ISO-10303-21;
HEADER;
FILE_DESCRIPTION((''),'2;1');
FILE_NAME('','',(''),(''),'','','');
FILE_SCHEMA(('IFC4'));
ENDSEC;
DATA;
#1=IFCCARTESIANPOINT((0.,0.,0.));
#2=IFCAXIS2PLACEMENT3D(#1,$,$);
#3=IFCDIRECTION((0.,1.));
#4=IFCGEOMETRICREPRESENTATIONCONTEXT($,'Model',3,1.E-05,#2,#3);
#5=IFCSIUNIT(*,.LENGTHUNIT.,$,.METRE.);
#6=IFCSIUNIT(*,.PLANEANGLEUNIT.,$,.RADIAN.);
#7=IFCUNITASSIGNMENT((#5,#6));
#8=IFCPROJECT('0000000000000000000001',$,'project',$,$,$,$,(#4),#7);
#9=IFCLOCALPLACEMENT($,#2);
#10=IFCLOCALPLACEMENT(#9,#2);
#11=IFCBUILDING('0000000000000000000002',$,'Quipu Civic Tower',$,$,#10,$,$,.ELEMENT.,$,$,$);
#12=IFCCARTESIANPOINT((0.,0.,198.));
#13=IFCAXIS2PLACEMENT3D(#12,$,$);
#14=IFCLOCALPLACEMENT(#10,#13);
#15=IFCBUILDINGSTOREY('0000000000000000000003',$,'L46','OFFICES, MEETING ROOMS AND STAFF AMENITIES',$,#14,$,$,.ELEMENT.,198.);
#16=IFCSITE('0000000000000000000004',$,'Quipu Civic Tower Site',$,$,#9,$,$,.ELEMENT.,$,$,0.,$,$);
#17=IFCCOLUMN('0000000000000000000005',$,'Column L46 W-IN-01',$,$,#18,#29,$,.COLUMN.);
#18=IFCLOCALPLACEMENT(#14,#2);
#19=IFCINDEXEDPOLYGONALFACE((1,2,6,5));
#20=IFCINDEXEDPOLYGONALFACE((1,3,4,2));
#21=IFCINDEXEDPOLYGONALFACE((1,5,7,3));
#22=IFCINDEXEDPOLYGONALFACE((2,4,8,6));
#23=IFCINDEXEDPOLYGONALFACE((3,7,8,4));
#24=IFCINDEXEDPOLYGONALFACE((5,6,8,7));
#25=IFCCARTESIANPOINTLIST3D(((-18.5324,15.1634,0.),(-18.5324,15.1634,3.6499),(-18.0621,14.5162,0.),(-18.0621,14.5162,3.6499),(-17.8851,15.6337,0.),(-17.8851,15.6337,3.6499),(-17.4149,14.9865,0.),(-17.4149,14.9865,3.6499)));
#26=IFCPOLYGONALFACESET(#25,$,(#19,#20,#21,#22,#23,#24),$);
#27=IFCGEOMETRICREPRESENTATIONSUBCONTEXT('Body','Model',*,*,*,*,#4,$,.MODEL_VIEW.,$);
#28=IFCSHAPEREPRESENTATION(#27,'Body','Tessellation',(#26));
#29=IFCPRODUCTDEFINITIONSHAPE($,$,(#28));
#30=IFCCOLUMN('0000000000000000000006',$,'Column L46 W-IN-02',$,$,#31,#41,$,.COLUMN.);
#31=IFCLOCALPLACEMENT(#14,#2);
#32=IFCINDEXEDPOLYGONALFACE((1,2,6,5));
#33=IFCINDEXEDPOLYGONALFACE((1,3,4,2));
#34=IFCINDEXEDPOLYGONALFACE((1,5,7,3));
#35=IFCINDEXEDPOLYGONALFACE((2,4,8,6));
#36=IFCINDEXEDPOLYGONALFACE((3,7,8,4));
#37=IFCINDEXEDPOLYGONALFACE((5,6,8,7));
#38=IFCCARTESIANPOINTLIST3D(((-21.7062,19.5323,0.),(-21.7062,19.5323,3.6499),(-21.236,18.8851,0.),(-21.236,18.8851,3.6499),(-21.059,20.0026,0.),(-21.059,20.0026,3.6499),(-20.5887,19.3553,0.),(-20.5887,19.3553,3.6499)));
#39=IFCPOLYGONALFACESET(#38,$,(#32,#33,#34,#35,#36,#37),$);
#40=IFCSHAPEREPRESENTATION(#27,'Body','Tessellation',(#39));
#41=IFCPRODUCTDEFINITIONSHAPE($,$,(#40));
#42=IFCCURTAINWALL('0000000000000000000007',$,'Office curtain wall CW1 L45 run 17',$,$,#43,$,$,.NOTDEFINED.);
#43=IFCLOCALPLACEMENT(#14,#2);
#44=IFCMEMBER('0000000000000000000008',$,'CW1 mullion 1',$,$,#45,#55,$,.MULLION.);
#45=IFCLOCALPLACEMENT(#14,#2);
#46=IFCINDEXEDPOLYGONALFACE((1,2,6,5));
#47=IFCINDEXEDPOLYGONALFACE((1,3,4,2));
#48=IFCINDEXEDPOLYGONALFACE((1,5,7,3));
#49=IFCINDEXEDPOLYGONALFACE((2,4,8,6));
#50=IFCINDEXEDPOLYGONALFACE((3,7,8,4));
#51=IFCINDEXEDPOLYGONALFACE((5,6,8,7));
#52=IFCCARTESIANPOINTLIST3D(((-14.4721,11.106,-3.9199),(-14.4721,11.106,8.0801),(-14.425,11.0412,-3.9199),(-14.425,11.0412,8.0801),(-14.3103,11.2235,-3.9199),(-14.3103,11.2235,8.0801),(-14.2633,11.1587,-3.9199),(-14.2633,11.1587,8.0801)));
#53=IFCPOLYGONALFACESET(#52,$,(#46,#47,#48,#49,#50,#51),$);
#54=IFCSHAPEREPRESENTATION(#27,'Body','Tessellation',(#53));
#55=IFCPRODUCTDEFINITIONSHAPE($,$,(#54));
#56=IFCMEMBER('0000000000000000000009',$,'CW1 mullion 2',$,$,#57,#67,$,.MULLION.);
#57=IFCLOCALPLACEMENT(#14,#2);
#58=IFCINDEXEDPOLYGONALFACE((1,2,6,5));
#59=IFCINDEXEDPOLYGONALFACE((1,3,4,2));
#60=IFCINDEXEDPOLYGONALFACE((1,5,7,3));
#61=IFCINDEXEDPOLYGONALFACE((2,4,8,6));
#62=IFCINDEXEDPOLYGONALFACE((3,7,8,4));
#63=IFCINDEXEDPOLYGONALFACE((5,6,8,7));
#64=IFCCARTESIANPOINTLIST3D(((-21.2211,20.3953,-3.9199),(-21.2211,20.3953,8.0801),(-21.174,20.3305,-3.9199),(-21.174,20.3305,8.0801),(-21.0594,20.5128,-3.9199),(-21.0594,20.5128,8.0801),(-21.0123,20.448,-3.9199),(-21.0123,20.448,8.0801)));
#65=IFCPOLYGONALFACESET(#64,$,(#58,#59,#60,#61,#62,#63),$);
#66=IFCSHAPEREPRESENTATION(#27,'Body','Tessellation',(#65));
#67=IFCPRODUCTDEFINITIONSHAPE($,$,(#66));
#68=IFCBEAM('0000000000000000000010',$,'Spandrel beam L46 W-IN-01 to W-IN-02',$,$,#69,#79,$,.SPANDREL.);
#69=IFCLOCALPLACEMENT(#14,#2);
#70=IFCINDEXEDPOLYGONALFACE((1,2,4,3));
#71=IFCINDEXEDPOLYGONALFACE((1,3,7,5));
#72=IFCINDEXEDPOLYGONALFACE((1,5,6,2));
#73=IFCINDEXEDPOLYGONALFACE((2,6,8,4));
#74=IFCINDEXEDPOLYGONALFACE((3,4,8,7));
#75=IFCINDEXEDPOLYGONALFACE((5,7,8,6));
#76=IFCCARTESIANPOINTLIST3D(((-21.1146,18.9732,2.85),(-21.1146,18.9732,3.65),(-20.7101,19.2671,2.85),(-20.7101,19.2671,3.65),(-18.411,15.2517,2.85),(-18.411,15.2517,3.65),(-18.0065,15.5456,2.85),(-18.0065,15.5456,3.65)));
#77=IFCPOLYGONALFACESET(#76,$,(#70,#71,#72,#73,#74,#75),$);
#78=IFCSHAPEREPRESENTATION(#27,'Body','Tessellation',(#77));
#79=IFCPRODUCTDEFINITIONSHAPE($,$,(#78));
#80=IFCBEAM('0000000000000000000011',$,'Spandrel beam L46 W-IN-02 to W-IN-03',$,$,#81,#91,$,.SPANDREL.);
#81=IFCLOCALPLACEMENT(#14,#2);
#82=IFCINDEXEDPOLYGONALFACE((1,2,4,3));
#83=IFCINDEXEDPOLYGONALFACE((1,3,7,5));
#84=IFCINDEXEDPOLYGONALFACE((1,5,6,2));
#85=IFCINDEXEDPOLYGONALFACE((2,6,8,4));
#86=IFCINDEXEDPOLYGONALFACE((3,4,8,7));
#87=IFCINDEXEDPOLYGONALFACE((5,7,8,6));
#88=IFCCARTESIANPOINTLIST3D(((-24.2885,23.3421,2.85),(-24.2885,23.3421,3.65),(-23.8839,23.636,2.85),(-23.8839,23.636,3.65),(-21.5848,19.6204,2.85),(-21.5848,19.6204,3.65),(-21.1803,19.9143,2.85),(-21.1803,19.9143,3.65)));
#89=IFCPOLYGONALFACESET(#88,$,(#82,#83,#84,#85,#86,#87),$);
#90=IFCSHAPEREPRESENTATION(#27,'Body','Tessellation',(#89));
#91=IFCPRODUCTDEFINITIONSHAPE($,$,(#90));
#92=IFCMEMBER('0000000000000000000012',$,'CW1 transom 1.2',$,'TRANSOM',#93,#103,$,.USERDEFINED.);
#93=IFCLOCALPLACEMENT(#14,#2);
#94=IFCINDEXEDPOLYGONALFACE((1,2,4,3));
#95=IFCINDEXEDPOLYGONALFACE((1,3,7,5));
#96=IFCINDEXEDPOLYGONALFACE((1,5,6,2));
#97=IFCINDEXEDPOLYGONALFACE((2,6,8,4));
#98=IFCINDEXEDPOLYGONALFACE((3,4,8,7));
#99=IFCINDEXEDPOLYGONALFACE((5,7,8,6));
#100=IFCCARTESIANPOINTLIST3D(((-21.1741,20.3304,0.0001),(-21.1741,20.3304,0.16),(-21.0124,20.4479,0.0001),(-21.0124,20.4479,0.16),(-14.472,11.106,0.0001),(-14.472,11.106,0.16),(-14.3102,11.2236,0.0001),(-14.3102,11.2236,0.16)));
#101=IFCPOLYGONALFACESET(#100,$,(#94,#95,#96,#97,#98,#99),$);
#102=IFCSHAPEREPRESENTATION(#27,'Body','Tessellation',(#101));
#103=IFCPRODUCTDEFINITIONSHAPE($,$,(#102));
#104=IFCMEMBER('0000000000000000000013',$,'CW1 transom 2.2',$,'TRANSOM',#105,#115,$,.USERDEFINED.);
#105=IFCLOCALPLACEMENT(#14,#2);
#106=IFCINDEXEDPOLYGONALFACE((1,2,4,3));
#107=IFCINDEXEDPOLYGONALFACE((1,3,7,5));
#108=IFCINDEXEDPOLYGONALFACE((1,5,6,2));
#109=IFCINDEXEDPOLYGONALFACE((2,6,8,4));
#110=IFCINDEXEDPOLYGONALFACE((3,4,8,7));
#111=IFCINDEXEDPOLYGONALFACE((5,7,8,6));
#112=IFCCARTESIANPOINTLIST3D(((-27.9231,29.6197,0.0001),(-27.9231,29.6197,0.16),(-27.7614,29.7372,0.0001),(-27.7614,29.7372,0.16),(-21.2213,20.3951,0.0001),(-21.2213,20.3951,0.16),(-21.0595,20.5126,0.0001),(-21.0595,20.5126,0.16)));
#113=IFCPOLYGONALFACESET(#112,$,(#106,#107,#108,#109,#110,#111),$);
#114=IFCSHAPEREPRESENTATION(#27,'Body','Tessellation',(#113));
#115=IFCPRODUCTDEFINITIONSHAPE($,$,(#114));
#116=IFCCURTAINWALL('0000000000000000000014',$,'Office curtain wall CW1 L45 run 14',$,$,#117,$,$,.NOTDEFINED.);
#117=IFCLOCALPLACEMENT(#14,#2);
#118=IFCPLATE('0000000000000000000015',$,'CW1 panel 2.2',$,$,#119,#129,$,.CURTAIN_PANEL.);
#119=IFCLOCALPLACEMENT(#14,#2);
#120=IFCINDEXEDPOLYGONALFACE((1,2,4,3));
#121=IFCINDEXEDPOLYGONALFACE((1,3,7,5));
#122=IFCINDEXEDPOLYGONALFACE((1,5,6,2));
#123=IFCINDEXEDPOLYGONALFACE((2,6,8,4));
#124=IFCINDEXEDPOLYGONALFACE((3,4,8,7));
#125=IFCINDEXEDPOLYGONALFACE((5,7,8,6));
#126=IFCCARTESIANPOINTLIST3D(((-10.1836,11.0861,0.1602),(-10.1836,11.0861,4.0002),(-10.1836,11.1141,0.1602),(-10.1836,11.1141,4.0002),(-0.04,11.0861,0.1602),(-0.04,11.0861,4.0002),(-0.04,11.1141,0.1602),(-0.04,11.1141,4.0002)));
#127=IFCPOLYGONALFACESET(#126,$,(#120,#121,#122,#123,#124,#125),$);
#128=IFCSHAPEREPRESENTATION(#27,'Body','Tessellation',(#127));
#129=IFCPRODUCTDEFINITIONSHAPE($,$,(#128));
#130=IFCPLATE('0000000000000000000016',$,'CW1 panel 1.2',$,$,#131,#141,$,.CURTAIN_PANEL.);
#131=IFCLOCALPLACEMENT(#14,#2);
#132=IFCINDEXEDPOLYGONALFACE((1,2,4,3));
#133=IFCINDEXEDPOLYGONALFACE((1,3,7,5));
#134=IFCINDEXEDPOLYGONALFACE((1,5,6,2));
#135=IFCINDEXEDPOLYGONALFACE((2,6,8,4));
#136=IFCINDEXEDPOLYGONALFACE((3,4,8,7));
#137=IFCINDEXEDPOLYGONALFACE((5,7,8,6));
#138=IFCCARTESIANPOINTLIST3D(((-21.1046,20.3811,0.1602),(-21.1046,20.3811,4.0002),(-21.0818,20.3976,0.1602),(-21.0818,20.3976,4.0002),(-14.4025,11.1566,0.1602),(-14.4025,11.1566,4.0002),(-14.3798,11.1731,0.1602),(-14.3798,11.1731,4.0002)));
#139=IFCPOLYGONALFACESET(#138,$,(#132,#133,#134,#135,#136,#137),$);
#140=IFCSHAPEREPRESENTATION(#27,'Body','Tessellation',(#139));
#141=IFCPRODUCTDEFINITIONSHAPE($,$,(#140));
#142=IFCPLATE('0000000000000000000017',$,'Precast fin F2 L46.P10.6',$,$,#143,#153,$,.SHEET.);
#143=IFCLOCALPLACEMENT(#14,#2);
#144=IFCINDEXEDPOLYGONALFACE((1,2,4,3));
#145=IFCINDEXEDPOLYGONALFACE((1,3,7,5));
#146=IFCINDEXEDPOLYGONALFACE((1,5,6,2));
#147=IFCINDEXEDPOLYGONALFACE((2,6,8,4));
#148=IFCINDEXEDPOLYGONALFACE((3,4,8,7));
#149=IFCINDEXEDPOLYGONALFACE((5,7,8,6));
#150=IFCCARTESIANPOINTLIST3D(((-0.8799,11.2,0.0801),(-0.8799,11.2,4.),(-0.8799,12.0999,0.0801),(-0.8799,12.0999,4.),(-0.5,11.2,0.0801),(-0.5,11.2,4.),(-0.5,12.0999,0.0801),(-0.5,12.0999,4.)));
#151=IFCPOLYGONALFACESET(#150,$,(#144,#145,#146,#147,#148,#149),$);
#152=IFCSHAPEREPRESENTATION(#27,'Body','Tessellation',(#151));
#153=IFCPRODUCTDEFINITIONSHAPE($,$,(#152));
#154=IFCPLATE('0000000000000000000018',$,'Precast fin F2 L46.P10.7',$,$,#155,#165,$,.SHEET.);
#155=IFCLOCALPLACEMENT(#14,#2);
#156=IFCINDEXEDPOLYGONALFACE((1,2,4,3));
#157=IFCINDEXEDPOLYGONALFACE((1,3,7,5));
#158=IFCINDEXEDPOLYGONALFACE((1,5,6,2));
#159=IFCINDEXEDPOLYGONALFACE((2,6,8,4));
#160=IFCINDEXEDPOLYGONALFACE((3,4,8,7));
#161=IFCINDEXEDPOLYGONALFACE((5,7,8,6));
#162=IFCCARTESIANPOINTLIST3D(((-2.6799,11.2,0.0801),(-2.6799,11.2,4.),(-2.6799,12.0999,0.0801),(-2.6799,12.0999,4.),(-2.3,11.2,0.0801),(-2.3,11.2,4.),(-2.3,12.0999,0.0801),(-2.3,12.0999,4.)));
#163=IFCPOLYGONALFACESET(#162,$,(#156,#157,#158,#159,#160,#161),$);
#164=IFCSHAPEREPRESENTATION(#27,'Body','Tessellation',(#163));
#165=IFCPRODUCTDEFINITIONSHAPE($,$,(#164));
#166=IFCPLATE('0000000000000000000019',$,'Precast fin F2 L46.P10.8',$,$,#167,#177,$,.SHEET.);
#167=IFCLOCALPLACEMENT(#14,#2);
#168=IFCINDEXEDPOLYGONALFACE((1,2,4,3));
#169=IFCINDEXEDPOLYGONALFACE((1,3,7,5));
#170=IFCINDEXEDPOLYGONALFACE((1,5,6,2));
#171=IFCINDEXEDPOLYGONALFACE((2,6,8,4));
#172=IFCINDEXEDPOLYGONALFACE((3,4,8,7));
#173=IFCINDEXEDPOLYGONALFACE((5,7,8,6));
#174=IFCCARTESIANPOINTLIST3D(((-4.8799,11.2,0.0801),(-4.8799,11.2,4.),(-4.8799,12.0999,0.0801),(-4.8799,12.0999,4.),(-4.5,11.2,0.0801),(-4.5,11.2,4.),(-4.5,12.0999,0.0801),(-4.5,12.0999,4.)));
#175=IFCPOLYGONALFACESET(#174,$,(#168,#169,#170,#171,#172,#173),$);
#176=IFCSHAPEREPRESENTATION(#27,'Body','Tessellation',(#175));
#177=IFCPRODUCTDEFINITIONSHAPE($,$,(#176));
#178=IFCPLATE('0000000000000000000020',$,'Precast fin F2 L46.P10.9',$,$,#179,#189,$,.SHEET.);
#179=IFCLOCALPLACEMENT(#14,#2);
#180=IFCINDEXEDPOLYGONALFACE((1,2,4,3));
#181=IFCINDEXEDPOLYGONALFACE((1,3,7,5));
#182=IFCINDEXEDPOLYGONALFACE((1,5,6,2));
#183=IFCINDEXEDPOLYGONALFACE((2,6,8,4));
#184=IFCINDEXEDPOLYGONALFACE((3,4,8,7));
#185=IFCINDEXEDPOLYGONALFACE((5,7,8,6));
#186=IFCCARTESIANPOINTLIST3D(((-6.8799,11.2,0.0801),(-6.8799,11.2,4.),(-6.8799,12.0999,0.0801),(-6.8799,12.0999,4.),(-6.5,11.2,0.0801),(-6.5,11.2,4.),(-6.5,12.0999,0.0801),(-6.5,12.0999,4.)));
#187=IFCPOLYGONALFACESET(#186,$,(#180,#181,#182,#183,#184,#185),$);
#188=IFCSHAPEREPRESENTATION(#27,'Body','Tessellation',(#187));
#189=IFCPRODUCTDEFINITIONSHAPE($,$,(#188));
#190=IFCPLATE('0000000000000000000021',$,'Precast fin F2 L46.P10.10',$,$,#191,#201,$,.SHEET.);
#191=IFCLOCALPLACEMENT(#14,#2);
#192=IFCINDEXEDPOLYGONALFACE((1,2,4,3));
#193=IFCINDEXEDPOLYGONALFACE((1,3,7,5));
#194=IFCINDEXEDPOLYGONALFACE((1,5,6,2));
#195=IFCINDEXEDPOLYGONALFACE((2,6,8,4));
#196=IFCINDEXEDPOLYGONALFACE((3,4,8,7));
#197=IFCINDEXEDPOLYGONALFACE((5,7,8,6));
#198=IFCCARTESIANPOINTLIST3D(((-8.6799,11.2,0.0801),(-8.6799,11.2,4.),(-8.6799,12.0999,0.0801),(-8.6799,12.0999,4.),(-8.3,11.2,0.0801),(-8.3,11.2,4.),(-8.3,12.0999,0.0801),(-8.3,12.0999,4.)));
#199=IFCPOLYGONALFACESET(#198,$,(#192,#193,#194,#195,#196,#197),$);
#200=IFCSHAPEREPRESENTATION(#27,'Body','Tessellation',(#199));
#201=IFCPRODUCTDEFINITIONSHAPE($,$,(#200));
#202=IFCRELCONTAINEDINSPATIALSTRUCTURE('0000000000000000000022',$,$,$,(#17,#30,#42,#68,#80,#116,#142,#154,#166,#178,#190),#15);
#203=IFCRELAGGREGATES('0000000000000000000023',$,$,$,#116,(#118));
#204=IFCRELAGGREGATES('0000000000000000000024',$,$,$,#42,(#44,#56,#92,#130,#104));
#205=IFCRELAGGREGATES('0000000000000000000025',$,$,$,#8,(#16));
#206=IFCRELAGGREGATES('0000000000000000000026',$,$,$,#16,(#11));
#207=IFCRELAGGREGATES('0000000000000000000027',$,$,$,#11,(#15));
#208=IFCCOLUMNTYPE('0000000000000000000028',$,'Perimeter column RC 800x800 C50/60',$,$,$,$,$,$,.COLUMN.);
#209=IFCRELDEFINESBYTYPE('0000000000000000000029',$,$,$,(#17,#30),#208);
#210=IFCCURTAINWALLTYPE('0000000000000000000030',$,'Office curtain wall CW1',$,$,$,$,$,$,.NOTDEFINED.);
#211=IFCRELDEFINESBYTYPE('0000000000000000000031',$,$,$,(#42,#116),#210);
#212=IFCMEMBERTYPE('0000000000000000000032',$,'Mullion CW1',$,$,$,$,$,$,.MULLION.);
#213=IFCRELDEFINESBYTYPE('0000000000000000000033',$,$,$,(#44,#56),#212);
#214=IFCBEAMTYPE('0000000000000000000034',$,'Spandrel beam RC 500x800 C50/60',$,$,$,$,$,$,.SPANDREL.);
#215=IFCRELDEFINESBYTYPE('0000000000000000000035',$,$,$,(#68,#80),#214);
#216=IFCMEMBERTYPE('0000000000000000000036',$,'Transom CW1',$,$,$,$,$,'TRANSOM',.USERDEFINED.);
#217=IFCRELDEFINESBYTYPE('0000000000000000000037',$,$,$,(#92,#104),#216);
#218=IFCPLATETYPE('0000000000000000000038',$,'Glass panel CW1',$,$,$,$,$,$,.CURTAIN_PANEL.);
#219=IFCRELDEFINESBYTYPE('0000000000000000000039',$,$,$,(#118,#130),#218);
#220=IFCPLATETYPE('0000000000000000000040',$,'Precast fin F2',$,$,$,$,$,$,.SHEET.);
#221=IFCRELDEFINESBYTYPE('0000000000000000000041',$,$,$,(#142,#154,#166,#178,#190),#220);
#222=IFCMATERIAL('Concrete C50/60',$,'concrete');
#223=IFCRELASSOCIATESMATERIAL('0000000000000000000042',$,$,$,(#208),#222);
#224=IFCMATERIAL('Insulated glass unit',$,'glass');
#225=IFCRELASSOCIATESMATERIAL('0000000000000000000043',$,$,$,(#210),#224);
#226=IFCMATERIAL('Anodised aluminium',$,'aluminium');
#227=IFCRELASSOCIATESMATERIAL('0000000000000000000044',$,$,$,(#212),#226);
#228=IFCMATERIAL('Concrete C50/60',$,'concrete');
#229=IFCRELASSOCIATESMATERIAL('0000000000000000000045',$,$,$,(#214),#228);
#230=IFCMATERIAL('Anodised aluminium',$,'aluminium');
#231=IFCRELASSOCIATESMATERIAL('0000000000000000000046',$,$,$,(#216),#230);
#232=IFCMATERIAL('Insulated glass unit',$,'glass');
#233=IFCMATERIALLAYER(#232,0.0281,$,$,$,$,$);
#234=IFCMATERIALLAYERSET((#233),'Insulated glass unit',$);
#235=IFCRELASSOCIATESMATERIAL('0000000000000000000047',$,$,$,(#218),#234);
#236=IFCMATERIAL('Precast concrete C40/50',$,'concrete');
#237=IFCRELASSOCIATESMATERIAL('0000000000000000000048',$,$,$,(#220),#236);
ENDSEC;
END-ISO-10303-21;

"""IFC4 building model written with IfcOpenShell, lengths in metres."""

from ifc_helpers import new_model, si_unit, direction, frame, origin, origin_2d, place, context, subcontext, project, spatial, rectangle, extrude, material, layer, layer_set, material_profile, profile_set, type_object, element, aggregate, save


model = new_model("IFC4")

# Units and contexts
model_context = context("Model", 3, precision=1e-05, world=origin(), true_north=direction((0.0, 1.0)))
body_context = subcontext(model_context, "Body", "Model", "MODEL_VIEW")
ifc_project = project(units=[si_unit("LENGTHUNIT", "METRE"), si_unit("PLANEANGLEUNIT", "RADIAN")], contexts=[model_context])

# Site, building, storey
site_placement = place(None, origin())
site = spatial("IfcSite", under=ifc_project, at=site_placement, Name="Quipu Civic Tower Site", CompositionType="ELEMENT", RefElevation=0.0)
building_placement = place(site_placement, origin())
building = spatial("IfcBuilding", under=site, at=building_placement, Name="Quipu Civic Tower", CompositionType="ELEMENT")
storey_placement = place(building_placement, frame((0.0, 0.0, 198.0)))
storey = spatial("IfcBuildingStorey", under=building, at=storey_placement, Name="L46", Description="OFFICES, MEETING ROOMS AND STAFF AMENITIES", CompositionType="ELEMENT", Elevation=198.0)

# Columns
ifc_material_1 = material(Name="Concrete C50/60", Category="concrete")
ifc_material_profile_1 = material_profile(ifc_material_1, rectangle(XDim=0.8, YDim=0.8, at=origin_2d()), Name="RC800x800")
ifc_profile_set_1 = profile_set([ifc_material_profile_1], Name="Concrete C50/60")
column_type = type_object("IfcColumnType", Name="Perimeter column RC 800x800 C50/60", PredefinedType="COLUMN", material=ifc_profile_set_1)
for number, where, z_axis, x_axis, name in (
    (1, (-17.9736, 15.075, 0.0), (0.0, 0.0, 1.0), (-0.587785, 0.809017, 0.0), "Column L46 W-IN-01"),
    (2, (-21.1475, 19.4438, 0.0), (0.0, 0.0, 1.0), (-0.587785, 0.809017, 0.0), "Column L46 W-IN-02"),
):
    element("IfcColumn", number, at=place(storey_placement, frame(where, z_axis=z_axis, x_axis=x_axis)), inside=storey, type_object=column_type, Name=name, PredefinedType="COLUMN", context=body_context, shape_type="SweptSolid", body=[
        extrude(rectangle(XDim=0.8, YDim=0.8, at=origin_2d()), origin(), (0.0, 0.0, 1.0), 3.6499),
    ])

# Curtain wall, members
ifc_material_2 = material(Name="Insulated glass unit", Category="glass")
curtain_wall_type = type_object("IfcCurtainWallType", Name="Office curtain wall CW1", PredefinedType="NOTDEFINED", material=ifc_material_2)
curtain_wall_1_placement = place(storey_placement, origin())
curtain_wall_1 = element("IfcCurtainWall", 3, at=curtain_wall_1_placement, inside=storey, type_object=curtain_wall_type, Name="Office curtain wall CW1 L45 run 17", PredefinedType="NOTDEFINED")
ifc_material_3 = material(Name="Anodised aluminium", Category="aluminium")
ifc_material_profile_2 = material_profile(ifc_material_3, rectangle(XDim=0.2, YDim=0.0801, at=origin_2d()), Name="RECT 200x80")
ifc_profile_set_2 = profile_set([ifc_material_profile_2], Name="Anodised aluminium")
member_type_1 = type_object("IfcMemberType", Name="Mullion CW1", PredefinedType="MULLION", material=ifc_profile_set_2)
member_1_placement = place(storey_placement, frame((-14.3677, 11.1323, -3.9199), z_axis=(0.0, 0.0, 1.0), x_axis=(-0.809014, -0.587789, 0.0)))
member_1 = element("IfcMember", 4, at=member_1_placement, type_object=member_type_1, Name="CW1 mullion 1", PredefinedType="MULLION", context=body_context, shape_type="SweptSolid", body=[
    extrude(rectangle(XDim=0.2, YDim=0.0801, at=origin_2d()), origin(), (0.0, 0.0, 1.0), 12.0),
])
member_2_placement = place(storey_placement, frame((-21.1167, 20.4216, -3.9199), z_axis=(0.0, 0.0, 1.0), x_axis=(-0.809014, -0.587789, 0.0)))
member_2 = element("IfcMember", 5, at=member_2_placement, type_object=member_type_1, Name="CW1 mullion 2", PredefinedType="MULLION", context=body_context, shape_type="SweptSolid", body=[
    extrude(rectangle(XDim=0.2, YDim=0.0801, at=origin_2d()), origin(), (0.0, 0.0, 1.0), 12.0),
])

# Beams
ifc_material_4 = material(Name="Concrete C50/60", Category="concrete")
ifc_material_profile_3 = material_profile(ifc_material_4, rectangle(XDim=0.5, YDim=0.8, at=origin_2d()), Name="RC500x800")
ifc_profile_set_3 = profile_set([ifc_material_profile_3], Name="Concrete C50/60")
beam_type = type_object("IfcBeamType", Name="Spandrel beam RC 500x800 C50/60", PredefinedType="SPANDREL", material=ifc_profile_set_3)
beam_1_placement = place(storey_placement, frame((-18.2087, 15.3987, 3.25), z_axis=(-0.587761, 0.809034, 0.0), x_axis=(-0.809034, -0.587761, 0.0)))
element("IfcBeam", 6, at=beam_1_placement, inside=storey, type_object=beam_type, Name="Spandrel beam L46 W-IN-01 to W-IN-02", PredefinedType="SPANDREL", context=body_context, shape_type="SweptSolid", body=[
    extrude(rectangle(XDim=0.5, YDim=0.8, at=origin_2d()), origin(), (0.0, 0.0, 1.0), 4.5999),
])
beam_2_placement = place(storey_placement, frame((-21.3826, 19.7673, 3.25), z_axis=(-0.587736, 0.809053, 0.0), x_axis=(-0.809053, -0.587736, 0.0)))
element("IfcBeam", 7, at=beam_2_placement, inside=storey, type_object=beam_type, Name="Spandrel beam L46 W-IN-02 to W-IN-03", PredefinedType="SPANDREL", context=body_context, shape_type="SweptSolid", body=[
    extrude(rectangle(XDim=0.5, YDim=0.8, at=origin_2d()), origin(), (0.0, 0.0, 1.0), 4.6001),
])

# Members
ifc_material_5 = material(Name="Anodised aluminium", Category="aluminium")
ifc_material_profile_4 = material_profile(ifc_material_5, rectangle(XDim=0.2, YDim=0.1599, at=origin_2d()), Name="RECT 200x160")
ifc_profile_set_4 = profile_set([ifc_material_profile_4], Name="Anodised aluminium")
member_type_2 = type_object("IfcMemberType", Name="Transom CW1", ElementType="TRANSOM", PredefinedType="USERDEFINED", material=ifc_profile_set_4)
member_3_placement = place(storey_placement, frame((-14.3911, 11.1648, 0.0801), z_axis=(-0.5878, 0.809006, 0.0), x_axis=(-0.809006, -0.5878, 0.0)))
member_3 = element("IfcMember", 8, at=member_3_placement, type_object=member_type_2, Name="CW1 transom 1.2", ObjectType="TRANSOM", PredefinedType="USERDEFINED", context=body_context, shape_type="SweptSolid", body=[
    extrude(rectangle(XDim=0.2, YDim=0.1599, at=origin_2d()), origin(), (0.0, 0.0, 1.0), 11.4021),
])
member_4_placement = place(storey_placement, frame((-21.1404, 20.4539, 0.0801), z_axis=(-0.587776, 0.809024, 0.0), x_axis=(-0.809024, -0.587776, 0.0)))
member_4 = element("IfcMember", 9, at=member_4_placement, type_object=member_type_2, Name="CW1 transom 2.2", ObjectType="TRANSOM", PredefinedType="USERDEFINED", context=body_context, shape_type="SweptSolid", body=[
    extrude(rectangle(XDim=0.2, YDim=0.1599, at=origin_2d()), origin(), (0.0, 0.0, 1.0), 11.4021),
])

# Curtain wall, plate
curtain_wall_2_placement = place(storey_placement, origin())
curtain_wall_2 = element("IfcCurtainWall", 10, at=curtain_wall_2_placement, inside=storey, type_object=curtain_wall_type, Name="Office curtain wall CW1 L45 run 14", PredefinedType="NOTDEFINED")
ifc_material_6 = material(Name="Insulated glass unit", Category="glass")
ifc_layer_1 = layer(ifc_material_6, 0.0281)
ifc_layer_set_1 = layer_set([ifc_layer_1], Name="Insulated glass unit")
plate_type_1 = type_object("IfcPlateType", Name="Glass panel CW1", PredefinedType="CURTAIN_PANEL", material=ifc_layer_set_1)
plate_1_placement = place(storey_placement, frame((-5.1118, 11.1001, 0.1602), z_axis=(0.0, 0.0, 1.0), x_axis=(-1.0, 0.0, 0.0)))
plate_1 = element("IfcPlate", 11, at=plate_1_placement, type_object=plate_type_1, Name="CW1 panel 2.2", PredefinedType="CURTAIN_PANEL", context=body_context, shape_type="SweptSolid", body=[
    extrude(rectangle(XDim=10.1436, YDim=0.0281, at=origin_2d()), origin(), (0.0, 0.0, 1.0), 3.8401),
])
aggregate(curtain_wall_2, [plate_1])

# Plate
plate_2_placement = place(storey_placement, frame((-17.7422, 15.7771, 0.1602), z_axis=(0.0, 0.0, 1.0), x_axis=(-0.587789, 0.809014, 0.0)))
plate_2 = element("IfcPlate", 12, at=plate_2_placement, type_object=plate_type_1, Name="CW1 panel 1.2", PredefinedType="CURTAIN_PANEL", context=body_context, shape_type="SweptSolid", body=[
    extrude(rectangle(XDim=11.4021, YDim=0.0281, at=origin_2d()), origin(), (0.0, 0.0, 1.0), 3.8401),
])
aggregate(curtain_wall_1, [member_1, member_2, member_3, plate_2, member_4])

# Plates
ifc_material_7 = material(Name="Precast concrete C40/50", Category="concrete")
plate_type_2 = type_object("IfcPlateType", Name="Precast fin F2", PredefinedType="SHEET", material=ifc_material_7)
for number, where, z_axis, x_axis, name in (
    (13, (-0.6899, 11.6499, 0.0801), (0.0, 0.0, 1.0), (-1.0, 0.0, 0.0), "Precast fin F2 L46.P10.6"),
    (14, (-2.49, 11.6499, 0.0801), (0.0, 0.0, 1.0), (-1.0, 0.0, 0.0), "Precast fin F2 L46.P10.7"),
    (15, (-4.6899, 11.6499, 0.0801), (0.0, 0.0, 1.0), (-1.0, 0.0, 0.0), "Precast fin F2 L46.P10.8"),
    (16, (-6.6899, 11.6499, 0.0801), (0.0, 0.0, 1.0), (-1.0, 0.0, 0.0), "Precast fin F2 L46.P10.9"),
    (17, (-8.49, 11.6499, 0.0801), (0.0, 0.0, 1.0), (-1.0, 0.0, 0.0), "Precast fin F2 L46.P10.10"),
):
    element("IfcPlate", number, at=place(storey_placement, frame(where, z_axis=z_axis, x_axis=x_axis)), inside=storey, type_object=plate_type_2, Name=name, PredefinedType="SHEET", context=body_context, shape_type="SweptSolid", body=[
        extrude(rectangle(XDim=0.3799, YDim=0.8999, at=origin_2d()), origin(), (0.0, 0.0, 1.0), 3.9199),
    ])

save(model, "model.ifc")
